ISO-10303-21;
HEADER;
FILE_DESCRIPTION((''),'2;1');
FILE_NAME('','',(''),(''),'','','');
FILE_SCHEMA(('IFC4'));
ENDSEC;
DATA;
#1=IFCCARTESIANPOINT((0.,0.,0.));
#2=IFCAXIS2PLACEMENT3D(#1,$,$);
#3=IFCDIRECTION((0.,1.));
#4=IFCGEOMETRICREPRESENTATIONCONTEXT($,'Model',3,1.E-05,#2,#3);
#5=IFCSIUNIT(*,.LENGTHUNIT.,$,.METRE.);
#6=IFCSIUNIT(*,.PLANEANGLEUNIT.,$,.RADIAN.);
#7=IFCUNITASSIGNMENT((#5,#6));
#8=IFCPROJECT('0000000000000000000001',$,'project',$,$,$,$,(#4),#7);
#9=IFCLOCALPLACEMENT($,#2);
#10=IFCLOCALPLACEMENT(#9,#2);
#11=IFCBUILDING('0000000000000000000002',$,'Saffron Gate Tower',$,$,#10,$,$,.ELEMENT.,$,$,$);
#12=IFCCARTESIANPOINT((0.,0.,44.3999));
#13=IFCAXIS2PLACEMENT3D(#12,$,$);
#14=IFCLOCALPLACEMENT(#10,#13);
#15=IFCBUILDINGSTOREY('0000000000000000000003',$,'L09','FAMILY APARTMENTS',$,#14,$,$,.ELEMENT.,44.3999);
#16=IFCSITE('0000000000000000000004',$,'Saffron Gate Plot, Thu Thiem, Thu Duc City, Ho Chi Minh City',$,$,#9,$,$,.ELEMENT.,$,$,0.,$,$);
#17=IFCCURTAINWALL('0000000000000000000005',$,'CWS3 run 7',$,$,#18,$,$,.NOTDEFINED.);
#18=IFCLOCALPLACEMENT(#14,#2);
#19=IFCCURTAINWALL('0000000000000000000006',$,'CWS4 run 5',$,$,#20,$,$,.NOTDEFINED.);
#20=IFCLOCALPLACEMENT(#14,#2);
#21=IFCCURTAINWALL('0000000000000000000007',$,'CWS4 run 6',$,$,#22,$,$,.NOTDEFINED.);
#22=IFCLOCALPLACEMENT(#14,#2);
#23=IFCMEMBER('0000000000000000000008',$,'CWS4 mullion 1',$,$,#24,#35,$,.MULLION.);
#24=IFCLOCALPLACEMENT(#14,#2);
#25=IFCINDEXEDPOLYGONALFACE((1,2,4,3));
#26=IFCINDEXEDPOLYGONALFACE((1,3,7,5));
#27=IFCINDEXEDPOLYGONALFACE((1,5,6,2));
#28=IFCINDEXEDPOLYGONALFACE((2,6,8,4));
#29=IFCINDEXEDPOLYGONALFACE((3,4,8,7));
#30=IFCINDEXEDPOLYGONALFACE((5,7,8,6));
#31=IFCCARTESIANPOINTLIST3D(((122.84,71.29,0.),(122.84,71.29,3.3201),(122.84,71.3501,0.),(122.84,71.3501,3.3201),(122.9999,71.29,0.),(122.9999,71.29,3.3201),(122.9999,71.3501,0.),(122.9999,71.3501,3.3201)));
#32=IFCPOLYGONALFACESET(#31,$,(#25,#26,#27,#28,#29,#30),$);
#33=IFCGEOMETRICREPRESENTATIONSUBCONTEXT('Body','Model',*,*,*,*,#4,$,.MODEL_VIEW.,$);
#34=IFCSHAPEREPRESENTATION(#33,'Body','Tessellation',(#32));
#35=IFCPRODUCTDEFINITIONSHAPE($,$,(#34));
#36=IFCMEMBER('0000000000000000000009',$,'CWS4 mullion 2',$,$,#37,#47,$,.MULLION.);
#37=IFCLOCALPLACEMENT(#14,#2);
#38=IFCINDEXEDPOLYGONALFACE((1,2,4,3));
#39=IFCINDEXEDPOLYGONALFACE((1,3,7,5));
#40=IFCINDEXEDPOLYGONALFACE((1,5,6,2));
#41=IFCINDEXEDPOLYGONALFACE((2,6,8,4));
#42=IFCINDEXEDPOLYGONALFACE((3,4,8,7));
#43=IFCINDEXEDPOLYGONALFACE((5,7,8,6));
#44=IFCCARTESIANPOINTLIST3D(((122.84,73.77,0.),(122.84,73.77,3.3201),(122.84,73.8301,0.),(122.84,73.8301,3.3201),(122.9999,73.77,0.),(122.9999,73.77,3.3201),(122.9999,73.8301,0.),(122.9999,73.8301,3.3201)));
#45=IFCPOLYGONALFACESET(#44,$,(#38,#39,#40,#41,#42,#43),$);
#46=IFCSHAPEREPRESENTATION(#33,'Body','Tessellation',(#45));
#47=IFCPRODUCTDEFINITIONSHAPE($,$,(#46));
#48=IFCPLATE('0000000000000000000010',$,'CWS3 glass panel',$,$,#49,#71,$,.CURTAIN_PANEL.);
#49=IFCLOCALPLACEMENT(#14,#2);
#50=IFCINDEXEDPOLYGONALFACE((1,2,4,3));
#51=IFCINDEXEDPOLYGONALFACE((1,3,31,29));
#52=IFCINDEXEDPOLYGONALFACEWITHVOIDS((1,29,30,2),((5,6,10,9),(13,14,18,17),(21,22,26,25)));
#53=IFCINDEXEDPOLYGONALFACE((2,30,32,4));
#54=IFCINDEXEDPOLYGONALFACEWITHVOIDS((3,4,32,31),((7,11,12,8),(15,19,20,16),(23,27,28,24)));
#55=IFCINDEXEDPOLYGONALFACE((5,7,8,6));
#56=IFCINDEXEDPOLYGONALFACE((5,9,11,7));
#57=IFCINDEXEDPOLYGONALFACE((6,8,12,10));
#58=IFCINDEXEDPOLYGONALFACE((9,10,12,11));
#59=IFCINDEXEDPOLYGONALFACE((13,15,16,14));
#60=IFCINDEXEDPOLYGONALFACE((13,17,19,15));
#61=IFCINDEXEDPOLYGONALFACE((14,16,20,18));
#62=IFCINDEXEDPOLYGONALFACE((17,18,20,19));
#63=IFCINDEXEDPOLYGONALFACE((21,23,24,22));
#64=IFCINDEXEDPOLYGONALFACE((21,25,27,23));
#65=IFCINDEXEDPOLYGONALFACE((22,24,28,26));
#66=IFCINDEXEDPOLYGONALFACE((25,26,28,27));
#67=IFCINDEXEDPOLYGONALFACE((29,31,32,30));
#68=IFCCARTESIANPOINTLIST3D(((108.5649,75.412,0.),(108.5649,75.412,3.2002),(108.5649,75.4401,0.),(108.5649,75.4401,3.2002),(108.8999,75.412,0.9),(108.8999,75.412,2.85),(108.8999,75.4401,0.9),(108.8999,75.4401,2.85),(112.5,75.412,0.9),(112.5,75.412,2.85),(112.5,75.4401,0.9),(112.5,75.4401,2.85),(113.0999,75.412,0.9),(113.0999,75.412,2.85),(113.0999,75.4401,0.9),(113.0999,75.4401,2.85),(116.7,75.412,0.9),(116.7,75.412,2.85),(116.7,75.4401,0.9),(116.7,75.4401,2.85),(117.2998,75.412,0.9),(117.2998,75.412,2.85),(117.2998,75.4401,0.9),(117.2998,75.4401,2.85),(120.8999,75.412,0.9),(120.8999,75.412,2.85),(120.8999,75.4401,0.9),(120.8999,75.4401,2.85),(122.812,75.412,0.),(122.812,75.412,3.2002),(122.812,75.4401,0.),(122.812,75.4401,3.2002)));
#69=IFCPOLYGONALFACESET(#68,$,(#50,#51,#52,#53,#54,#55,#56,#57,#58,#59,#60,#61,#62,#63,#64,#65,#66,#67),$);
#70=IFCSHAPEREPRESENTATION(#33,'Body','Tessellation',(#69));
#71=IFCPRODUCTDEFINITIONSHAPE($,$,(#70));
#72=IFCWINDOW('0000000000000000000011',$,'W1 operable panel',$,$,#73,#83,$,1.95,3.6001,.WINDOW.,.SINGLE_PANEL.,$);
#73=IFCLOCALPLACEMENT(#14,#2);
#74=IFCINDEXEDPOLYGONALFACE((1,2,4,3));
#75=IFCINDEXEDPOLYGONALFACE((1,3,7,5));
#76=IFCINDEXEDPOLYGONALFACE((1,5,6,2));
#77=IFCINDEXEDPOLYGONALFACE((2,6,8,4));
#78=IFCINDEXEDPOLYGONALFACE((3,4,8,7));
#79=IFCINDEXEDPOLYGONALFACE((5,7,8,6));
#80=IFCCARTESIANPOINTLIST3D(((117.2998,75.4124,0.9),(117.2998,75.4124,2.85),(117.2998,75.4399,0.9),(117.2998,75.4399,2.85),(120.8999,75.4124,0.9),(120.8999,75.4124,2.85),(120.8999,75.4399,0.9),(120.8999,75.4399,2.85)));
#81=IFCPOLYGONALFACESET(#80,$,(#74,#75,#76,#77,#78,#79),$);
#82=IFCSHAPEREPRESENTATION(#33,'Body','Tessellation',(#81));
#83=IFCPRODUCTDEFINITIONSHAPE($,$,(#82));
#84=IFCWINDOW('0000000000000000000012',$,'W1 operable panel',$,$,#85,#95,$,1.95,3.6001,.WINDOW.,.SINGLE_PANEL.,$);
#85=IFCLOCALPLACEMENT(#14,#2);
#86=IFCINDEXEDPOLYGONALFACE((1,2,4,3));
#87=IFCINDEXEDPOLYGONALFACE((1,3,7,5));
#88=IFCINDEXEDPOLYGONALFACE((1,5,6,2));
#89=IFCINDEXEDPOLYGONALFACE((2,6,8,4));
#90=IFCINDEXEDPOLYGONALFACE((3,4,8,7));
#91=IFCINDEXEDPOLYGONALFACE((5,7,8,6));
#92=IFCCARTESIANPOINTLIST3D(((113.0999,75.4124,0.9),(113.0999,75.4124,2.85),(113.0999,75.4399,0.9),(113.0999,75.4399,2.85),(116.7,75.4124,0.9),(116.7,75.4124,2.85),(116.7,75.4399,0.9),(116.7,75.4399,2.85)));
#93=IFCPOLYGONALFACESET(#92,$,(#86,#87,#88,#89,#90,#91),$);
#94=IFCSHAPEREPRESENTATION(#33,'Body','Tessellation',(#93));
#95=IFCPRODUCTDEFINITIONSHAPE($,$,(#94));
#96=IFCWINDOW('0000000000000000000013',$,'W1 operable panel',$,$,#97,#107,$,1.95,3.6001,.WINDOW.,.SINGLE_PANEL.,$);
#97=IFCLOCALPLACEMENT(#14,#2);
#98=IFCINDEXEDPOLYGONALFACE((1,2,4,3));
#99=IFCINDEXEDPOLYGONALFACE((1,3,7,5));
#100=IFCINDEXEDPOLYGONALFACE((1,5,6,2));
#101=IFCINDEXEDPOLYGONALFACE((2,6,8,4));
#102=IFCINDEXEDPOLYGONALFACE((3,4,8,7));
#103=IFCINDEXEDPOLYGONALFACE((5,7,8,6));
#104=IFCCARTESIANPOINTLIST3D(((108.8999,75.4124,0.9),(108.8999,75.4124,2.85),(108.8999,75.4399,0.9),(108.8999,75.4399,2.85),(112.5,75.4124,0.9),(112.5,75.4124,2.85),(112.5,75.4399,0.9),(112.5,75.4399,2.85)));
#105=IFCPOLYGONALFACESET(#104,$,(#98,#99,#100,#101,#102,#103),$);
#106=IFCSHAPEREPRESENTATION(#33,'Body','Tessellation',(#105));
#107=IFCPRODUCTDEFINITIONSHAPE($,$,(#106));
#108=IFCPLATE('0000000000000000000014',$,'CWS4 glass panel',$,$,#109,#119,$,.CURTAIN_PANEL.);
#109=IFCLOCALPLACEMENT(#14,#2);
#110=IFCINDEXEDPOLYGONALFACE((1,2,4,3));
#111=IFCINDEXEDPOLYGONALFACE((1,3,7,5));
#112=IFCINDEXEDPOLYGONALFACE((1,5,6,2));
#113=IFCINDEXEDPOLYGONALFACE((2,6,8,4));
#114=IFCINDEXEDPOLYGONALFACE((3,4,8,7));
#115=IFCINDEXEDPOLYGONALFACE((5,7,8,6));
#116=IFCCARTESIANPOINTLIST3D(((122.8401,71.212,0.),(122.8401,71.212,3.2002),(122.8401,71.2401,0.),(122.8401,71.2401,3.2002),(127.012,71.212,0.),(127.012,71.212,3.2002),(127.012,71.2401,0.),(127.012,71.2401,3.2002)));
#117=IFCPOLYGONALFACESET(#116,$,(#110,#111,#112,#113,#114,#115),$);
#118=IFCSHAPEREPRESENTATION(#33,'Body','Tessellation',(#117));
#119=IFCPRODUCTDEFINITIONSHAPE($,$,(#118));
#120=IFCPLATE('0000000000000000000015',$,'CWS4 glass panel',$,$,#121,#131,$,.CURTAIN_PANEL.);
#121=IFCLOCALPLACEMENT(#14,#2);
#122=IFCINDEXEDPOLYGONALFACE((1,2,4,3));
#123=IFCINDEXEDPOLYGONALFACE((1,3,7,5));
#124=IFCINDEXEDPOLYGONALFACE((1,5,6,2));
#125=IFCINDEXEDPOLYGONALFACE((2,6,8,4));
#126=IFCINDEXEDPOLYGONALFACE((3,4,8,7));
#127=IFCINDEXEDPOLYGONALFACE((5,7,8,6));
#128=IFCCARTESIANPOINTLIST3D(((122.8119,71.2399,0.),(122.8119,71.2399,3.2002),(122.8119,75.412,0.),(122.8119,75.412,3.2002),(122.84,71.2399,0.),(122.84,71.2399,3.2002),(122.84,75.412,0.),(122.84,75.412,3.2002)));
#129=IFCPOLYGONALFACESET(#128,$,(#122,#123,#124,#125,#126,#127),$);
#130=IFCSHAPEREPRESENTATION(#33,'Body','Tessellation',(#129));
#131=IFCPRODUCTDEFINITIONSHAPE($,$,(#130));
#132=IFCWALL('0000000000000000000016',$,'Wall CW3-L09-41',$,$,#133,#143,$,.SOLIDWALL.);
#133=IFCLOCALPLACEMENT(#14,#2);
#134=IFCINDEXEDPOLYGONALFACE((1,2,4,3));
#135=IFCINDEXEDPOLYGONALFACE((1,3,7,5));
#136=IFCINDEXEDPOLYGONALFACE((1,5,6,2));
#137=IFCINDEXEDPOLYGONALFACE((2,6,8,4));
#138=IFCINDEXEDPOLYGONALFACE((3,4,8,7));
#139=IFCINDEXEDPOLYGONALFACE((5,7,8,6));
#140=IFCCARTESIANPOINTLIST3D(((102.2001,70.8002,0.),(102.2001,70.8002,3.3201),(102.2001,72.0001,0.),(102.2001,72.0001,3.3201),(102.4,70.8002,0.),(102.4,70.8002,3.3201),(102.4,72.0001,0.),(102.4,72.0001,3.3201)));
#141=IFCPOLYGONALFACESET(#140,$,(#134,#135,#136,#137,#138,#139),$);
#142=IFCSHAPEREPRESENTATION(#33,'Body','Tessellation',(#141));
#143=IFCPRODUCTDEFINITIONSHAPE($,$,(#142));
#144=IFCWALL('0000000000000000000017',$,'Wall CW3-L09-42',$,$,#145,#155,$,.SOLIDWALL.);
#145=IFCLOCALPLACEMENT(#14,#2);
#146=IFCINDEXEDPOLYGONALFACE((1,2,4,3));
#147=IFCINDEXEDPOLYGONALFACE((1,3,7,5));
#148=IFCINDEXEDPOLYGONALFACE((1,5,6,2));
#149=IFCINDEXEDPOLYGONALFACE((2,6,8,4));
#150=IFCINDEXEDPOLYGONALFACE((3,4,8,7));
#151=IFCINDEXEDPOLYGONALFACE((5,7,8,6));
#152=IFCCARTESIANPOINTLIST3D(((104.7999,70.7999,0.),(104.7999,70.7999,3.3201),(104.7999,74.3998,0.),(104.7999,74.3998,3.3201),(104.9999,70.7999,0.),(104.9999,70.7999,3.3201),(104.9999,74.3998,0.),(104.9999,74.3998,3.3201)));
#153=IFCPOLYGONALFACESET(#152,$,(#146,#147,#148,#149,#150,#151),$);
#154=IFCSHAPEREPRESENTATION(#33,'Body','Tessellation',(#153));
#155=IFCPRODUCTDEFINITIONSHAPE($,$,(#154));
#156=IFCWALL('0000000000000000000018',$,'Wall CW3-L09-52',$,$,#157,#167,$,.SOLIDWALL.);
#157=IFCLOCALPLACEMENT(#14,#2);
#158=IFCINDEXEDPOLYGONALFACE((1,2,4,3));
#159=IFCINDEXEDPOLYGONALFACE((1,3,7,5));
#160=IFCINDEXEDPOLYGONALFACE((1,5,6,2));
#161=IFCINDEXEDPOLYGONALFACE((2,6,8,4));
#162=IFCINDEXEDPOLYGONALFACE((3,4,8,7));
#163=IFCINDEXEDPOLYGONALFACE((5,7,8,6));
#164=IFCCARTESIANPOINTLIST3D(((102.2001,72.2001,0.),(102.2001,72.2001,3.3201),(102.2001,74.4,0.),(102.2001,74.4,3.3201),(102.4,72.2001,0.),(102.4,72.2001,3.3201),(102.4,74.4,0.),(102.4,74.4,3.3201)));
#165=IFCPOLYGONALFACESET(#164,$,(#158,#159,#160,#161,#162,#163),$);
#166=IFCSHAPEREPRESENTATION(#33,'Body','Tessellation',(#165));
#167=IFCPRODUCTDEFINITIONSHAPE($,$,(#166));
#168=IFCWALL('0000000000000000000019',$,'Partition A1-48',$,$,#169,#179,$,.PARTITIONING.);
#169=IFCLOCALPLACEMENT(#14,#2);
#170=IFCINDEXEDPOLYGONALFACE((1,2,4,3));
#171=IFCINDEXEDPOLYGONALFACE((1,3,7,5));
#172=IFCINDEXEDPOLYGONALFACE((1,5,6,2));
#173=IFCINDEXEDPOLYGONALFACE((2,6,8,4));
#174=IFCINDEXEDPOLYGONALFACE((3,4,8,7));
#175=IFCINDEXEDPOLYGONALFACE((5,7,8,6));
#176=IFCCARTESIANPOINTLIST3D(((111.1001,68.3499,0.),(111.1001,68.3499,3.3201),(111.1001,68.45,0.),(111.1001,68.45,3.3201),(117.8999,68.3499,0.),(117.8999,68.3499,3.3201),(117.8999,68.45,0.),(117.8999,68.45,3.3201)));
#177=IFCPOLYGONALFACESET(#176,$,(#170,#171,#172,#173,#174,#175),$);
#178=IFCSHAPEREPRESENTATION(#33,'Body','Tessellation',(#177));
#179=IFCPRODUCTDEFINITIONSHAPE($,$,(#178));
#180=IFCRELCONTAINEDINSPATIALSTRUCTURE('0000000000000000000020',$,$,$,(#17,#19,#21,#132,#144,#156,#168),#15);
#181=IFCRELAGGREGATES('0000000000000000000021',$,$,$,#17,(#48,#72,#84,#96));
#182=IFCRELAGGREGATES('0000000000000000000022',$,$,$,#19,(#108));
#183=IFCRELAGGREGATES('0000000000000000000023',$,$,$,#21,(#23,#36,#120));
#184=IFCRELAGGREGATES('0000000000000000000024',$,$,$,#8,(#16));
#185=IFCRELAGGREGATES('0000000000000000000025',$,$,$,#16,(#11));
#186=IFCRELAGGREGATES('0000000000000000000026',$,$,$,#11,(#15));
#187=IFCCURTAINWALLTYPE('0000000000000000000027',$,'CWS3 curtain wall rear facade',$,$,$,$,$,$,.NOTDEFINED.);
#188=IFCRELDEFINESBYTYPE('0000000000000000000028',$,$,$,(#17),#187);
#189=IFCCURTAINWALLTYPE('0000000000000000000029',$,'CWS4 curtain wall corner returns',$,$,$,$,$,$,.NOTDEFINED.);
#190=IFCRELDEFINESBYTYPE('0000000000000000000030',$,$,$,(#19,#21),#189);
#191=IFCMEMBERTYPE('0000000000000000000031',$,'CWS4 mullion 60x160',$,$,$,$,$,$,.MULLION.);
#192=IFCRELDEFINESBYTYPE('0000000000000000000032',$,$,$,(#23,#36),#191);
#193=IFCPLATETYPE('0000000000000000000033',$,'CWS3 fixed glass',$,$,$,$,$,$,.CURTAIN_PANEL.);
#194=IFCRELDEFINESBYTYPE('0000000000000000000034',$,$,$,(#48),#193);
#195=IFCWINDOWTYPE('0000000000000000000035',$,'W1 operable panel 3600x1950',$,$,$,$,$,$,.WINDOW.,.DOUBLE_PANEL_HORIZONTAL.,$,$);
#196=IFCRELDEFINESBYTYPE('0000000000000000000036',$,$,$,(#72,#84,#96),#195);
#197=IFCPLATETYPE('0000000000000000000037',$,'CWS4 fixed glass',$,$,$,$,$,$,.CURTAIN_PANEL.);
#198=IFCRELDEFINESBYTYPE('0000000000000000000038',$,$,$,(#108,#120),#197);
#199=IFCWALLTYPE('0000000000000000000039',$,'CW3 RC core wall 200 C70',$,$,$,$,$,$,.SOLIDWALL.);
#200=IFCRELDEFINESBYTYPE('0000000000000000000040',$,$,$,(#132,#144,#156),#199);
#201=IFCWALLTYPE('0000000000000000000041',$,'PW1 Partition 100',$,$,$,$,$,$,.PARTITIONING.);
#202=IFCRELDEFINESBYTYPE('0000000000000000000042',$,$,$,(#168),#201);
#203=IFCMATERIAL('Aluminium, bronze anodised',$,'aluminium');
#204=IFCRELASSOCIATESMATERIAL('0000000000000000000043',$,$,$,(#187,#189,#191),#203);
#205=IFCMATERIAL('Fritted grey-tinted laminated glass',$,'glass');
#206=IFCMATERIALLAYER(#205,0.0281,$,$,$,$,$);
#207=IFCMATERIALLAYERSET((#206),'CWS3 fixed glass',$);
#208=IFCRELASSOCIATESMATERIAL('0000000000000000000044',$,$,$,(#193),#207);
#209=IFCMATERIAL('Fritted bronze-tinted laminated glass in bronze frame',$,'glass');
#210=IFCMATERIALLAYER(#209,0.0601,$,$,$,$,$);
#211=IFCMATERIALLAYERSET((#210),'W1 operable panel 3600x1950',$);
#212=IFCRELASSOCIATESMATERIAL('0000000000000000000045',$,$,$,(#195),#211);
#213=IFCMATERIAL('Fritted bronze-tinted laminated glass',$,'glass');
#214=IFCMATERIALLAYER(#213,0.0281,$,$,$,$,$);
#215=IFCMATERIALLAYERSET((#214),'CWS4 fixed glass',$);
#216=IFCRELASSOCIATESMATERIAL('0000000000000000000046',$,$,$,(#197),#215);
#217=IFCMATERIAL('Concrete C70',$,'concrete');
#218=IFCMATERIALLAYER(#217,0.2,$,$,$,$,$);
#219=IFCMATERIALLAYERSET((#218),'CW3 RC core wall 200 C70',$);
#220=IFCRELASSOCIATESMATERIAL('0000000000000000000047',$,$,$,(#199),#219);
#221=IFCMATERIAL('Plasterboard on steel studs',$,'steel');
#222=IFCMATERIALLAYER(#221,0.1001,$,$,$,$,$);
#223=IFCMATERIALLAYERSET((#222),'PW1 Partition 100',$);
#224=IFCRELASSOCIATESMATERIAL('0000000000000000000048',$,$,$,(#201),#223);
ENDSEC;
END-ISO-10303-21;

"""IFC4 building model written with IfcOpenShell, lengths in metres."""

from ifc_helpers import new_model, si_unit, direction, frame, frame_2d, origin, origin_2d, place, context, subcontext, project, spatial, rectangle, extrude, material, layer, layer_set, material_profile, profile_set, type_object, element, fill, aggregate, save


model = new_model("IFC4")

# Units and contexts
model_context = context("Model", 3, precision=1e-05, world=origin(), true_north=direction((0.0, 1.0)))
body_context = subcontext(model_context, "Body", "Model", "MODEL_VIEW")
ifc_project = project(units=[si_unit("LENGTHUNIT", "METRE"), si_unit("PLANEANGLEUNIT", "RADIAN")], contexts=[model_context])

# Site, building, storey
site_placement = place(None, origin())
site = spatial("IfcSite", under=ifc_project, at=site_placement, Name="Saffron Gate Plot, Thu Thiem, Thu Duc City, Ho Chi Minh City", CompositionType="ELEMENT", RefElevation=0.0)
building_placement = place(site_placement, origin())
building = spatial("IfcBuilding", under=site, at=building_placement, Name="Saffron Gate Tower", CompositionType="ELEMENT")
storey_placement = place(building_placement, frame((0.0, 0.0, 44.3999)))
storey = spatial("IfcBuildingStorey", under=building, at=storey_placement, Name="L09", Description="FAMILY APARTMENTS", CompositionType="ELEMENT", Elevation=44.3999)

# Shared definitions
ifc_material_1 = material(Name="Aluminium, bronze anodised", Category="aluminium")

# Curtain wall
curtain_wall_type_1 = type_object("IfcCurtainWallType", Name="CWS3 curtain wall rear facade", PredefinedType="NOTDEFINED", material=ifc_material_1)
curtain_wall_1_placement = place(storey_placement, origin())
curtain_wall_1 = element("IfcCurtainWall", 1, at=curtain_wall_1_placement, inside=storey, type_object=curtain_wall_type_1, Name="CWS3 run 7", PredefinedType="NOTDEFINED")

# Curtain walls
curtain_wall_type_2 = type_object("IfcCurtainWallType", Name="CWS4 curtain wall corner returns", PredefinedType="NOTDEFINED", material=ifc_material_1)
curtain_wall_2_placement = place(storey_placement, origin())
curtain_wall_2 = element("IfcCurtainWall", 2, at=curtain_wall_2_placement, inside=storey, type_object=curtain_wall_type_2, Name="CWS4 run 5", PredefinedType="NOTDEFINED")
curtain_wall_3_placement = place(storey_placement, origin())
curtain_wall_3 = element("IfcCurtainWall", 3, at=curtain_wall_3_placement, inside=storey, type_object=curtain_wall_type_2, Name="CWS4 run 6", PredefinedType="NOTDEFINED")

# Members
ifc_material_profile_1 = material_profile(ifc_material_1, rectangle(XDim=0.1599, YDim=0.0601, at=origin_2d()))
ifc_profile_set_1 = profile_set([ifc_material_profile_1], Name="Aluminium, bronze anodised")
member_type_1 = type_object("IfcMemberType", Name="CWS4 mullion 60x160", PredefinedType="MULLION", material=ifc_profile_set_1)
member_1_placement = place(storey_placement, frame((122.9199, 71.3201, 0.0), z_axis=(0.0, 0.0, 1.0), x_axis=(-1.0, 0.0, 0.0)))
member_1 = element("IfcMember", 4, at=member_1_placement, type_object=member_type_1, Name="CWS4 mullion 1", PredefinedType="MULLION", context=body_context, shape_type="SweptSolid", body=[
    extrude(rectangle(XDim=0.1599, YDim=0.0601, at=origin_2d()), origin(), (0.0, 0.0, 1.0), 3.3201),
])
member_2_placement = place(storey_placement, frame((122.9199, 73.8, 0.0), z_axis=(0.0, 0.0, 1.0), x_axis=(-1.0, 0.0, 0.0)))
member_2 = element("IfcMember", 5, at=member_2_placement, type_object=member_type_1, Name="CWS4 mullion 2", PredefinedType="MULLION", context=body_context, shape_type="SweptSolid", body=[
    extrude(rectangle(XDim=0.1599, YDim=0.0601, at=origin_2d()), origin(), (0.0, 0.0, 1.0), 3.3201),
])

# Plate, openings, windows
ifc_material_2 = material(Name="Fritted grey-tinted laminated glass", Category="glass")
ifc_layer_1 = layer(ifc_material_2, 0.0281)
ifc_layer_set_1 = layer_set([ifc_layer_1], Name="CWS3 fixed glass")
plate_type_1 = type_object("IfcPlateType", Name="CWS3 fixed glass", PredefinedType="CURTAIN_PANEL", material=ifc_layer_set_1)
plate_1_placement = place(storey_placement, frame((122.812, 75.426, 0.0), z_axis=(0.0, 0.0, 1.0), x_axis=(-1.0, 0.0, 0.0)))
plate_1 = element("IfcPlate", 6, at=plate_1_placement, type_object=plate_type_1, Name="CWS3 glass panel", PredefinedType="CURTAIN_PANEL", context=body_context, shape_type="SweptSolid", body=[
    extrude(rectangle(XDim=14.2471, YDim=0.0281, at=frame_2d((7.1235, 0.0))), origin(), (0.0, 0.0, 1.0), 3.2002),
])
opening_1_placement = place(plate_1_placement, frame((1.9121, 0.0, 0.8999)))
opening_1 = element("IfcOpeningElement", 7, at=opening_1_placement, cuts=plate_1, PredefinedType="OPENING", context=body_context, shape_type="SweptSolid", body=[
    extrude(rectangle(XDim=3.6001, YDim=1.95, at=frame_2d((1.8, 0.9751))), frame((0.0, 0.0239, 0.0), z_axis=(0.0, -1.0, 0.0), x_axis=(1.0, 0.0, 0.0)), (0.0, 0.0, 1.0), 0.0481),
])
opening_2_placement = place(plate_1_placement, frame((6.1121, 0.0, 0.8999)))
opening_2 = element("IfcOpeningElement", 8, at=opening_2_placement, cuts=plate_1, PredefinedType="OPENING", context=body_context, shape_type="SweptSolid", body=[
    extrude(rectangle(XDim=3.6001, YDim=1.95, at=frame_2d((1.8, 0.9751))), frame((0.0, 0.0239, 0.0), z_axis=(0.0, -1.0, 0.0), x_axis=(1.0, 0.0, 0.0)), (0.0, 0.0, 1.0), 0.0481),
])
opening_3_placement = place(plate_1_placement, frame((10.312, 0.0, 0.8999)))
opening_3 = element("IfcOpeningElement", 9, at=opening_3_placement, cuts=plate_1, PredefinedType="OPENING", context=body_context, shape_type="SweptSolid", body=[
    extrude(rectangle(XDim=3.6001, YDim=1.95, at=frame_2d((1.8, 0.9751))), frame((0.0, 0.0239, 0.0), z_axis=(0.0, -1.0, 0.0), x_axis=(1.0, 0.0, 0.0)), (0.0, 0.0, 1.0), 0.0481),
])
ifc_material_3 = material(Name="Fritted bronze-tinted laminated glass in bronze frame", Category="glass")
ifc_layer_2 = layer(ifc_material_3, 0.0601)
ifc_layer_set_2 = layer_set([ifc_layer_2], Name="W1 operable panel 3600x1950")
window_type = type_object("IfcWindowType", Name="W1 operable panel 3600x1950", PartitioningType="DOUBLE_PANEL_HORIZONTAL", PredefinedType="WINDOW", material=ifc_layer_set_2)
window_1_placement = place(opening_1_placement, origin())
window_1 = element("IfcWindow", 10, at=window_1_placement, type_object=window_type, Name="W1 operable panel", OverallHeight=1.95, OverallWidth=3.6001, PartitioningType="SINGLE_PANEL", PredefinedType="WINDOW", context=body_context, shape_type="SweptSolid", body=[
    extrude(rectangle(XDim=3.6001, YDim=1.95, at=frame_2d((1.8, 0.9751))), frame((0.0, 0.0137, 0.0), z_axis=(0.0, -1.0, 0.0), x_axis=(1.0, 0.0, 0.0)), (0.0, 0.0, 1.0), 0.0276),
])
fill(opening_1, window_1)
window_2_placement = place(opening_2_placement, origin())
window_2 = element("IfcWindow", 11, at=window_2_placement, type_object=window_type, Name="W1 operable panel", OverallHeight=1.95, OverallWidth=3.6001, PartitioningType="SINGLE_PANEL", PredefinedType="WINDOW", context=body_context, shape_type="SweptSolid", body=[
    extrude(rectangle(XDim=3.6001, YDim=1.95, at=frame_2d((1.8, 0.9751))), frame((0.0, 0.0137, 0.0), z_axis=(0.0, -1.0, 0.0), x_axis=(1.0, 0.0, 0.0)), (0.0, 0.0, 1.0), 0.0276),
])
fill(opening_2, window_2)
window_3_placement = place(opening_3_placement, origin())
window_3 = element("IfcWindow", 12, at=window_3_placement, type_object=window_type, Name="W1 operable panel", OverallHeight=1.95, OverallWidth=3.6001, PartitioningType="SINGLE_PANEL", PredefinedType="WINDOW", context=body_context, shape_type="SweptSolid", body=[
    extrude(rectangle(XDim=3.6001, YDim=1.95, at=frame_2d((1.8, 0.9751))), frame((0.0, 0.0137, 0.0), z_axis=(0.0, -1.0, 0.0), x_axis=(1.0, 0.0, 0.0)), (0.0, 0.0, 1.0), 0.0276),
])
fill(opening_3, window_3)
aggregate(curtain_wall_1, [plate_1, window_1, window_2, window_3])

# Plates
ifc_material_4 = material(Name="Fritted bronze-tinted laminated glass", Category="glass")
ifc_layer_3 = layer(ifc_material_4, 0.0281)
ifc_layer_set_3 = layer_set([ifc_layer_3], Name="CWS4 fixed glass")
plate_type_2 = type_object("IfcPlateType", Name="CWS4 fixed glass", PredefinedType="CURTAIN_PANEL", material=ifc_layer_set_3)
plate_2_placement = place(storey_placement, frame((127.012, 71.2261, 0.0), z_axis=(0.0, 0.0, 1.0), x_axis=(-1.0, 0.0, 0.0)))
plate_2 = element("IfcPlate", 13, at=plate_2_placement, type_object=plate_type_2, Name="CWS4 glass panel", PredefinedType="CURTAIN_PANEL", context=body_context, shape_type="SweptSolid", body=[
    extrude(rectangle(XDim=4.1719, YDim=0.0281, at=frame_2d((2.0859, 0.0))), origin(), (0.0, 0.0, 1.0), 3.2002),
])
aggregate(curtain_wall_2, [plate_2])
plate_3_placement = place(storey_placement, frame((122.8259, 71.24, 0.0), z_axis=(0.0, 0.0, 1.0), x_axis=(0.0, 1.0, 0.0)))
plate_3 = element("IfcPlate", 14, at=plate_3_placement, type_object=plate_type_2, Name="CWS4 glass panel", PredefinedType="CURTAIN_PANEL", context=body_context, shape_type="SweptSolid", body=[
    extrude(rectangle(XDim=4.1721, YDim=0.0281, at=frame_2d((2.0859, 0.0))), origin(), (0.0, 0.0, 1.0), 3.2002),
])
aggregate(curtain_wall_3, [member_1, member_2, plate_3])

# Walls
ifc_material_5 = material(Name="Concrete C70", Category="concrete")
ifc_layer_4 = layer(ifc_material_5, 0.2)
ifc_layer_set_4 = layer_set([ifc_layer_4], Name="CW3 RC core wall 200 C70")
wall_type_1 = type_object("IfcWallType", Name="CW3 RC core wall 200 C70", PredefinedType="SOLIDWALL", material=ifc_layer_set_4)
wall_1_placement = place(storey_placement, frame((102.3, 70.8, 0.0), z_axis=(0.0, 0.0, 1.0), x_axis=(0.0, 1.0, 0.0)))
element("IfcWall", 15, at=wall_1_placement, inside=storey, type_object=wall_type_1, Name="Wall CW3-L09-41", PredefinedType="SOLIDWALL", context=body_context, shape_type="SweptSolid", body=[
    extrude(rectangle(XDim=1.2, YDim=0.2, at=frame_2d((0.6001, 0.0))), origin(), (0.0, 0.0, 1.0), 3.3201),
])
wall_2_placement = place(storey_placement, frame((104.8999, 70.8, 0.0), z_axis=(0.0, 0.0, 1.0), x_axis=(0.0, 1.0, 0.0)))
element("IfcWall", 16, at=wall_2_placement, inside=storey, type_object=wall_type_1, Name="Wall CW3-L09-42", PredefinedType="SOLIDWALL", context=body_context, shape_type="SweptSolid", body=[
    extrude(rectangle(XDim=3.5999, YDim=0.2, at=frame_2d((1.7998, 0.0))), origin(), (0.0, 0.0, 1.0), 3.3201),
])
wall_3_placement = place(storey_placement, frame((102.3, 72.2, 0.0), z_axis=(0.0, 0.0, 1.0), x_axis=(0.0, 1.0, 0.0)))
element("IfcWall", 17, at=wall_3_placement, inside=storey, type_object=wall_type_1, Name="Wall CW3-L09-52", PredefinedType="SOLIDWALL", context=body_context, shape_type="SweptSolid", body=[
    extrude(rectangle(XDim=2.2, YDim=0.2, at=frame_2d((1.1001, 0.0))), origin(), (0.0, 0.0, 1.0), 3.3201),
])
ifc_material_6 = material(Name="Plasterboard on steel studs", Category="steel")
ifc_layer_5 = layer(ifc_material_6, 0.1001)
ifc_layer_set_5 = layer_set([ifc_layer_5], Name="PW1 Partition 100")
wall_type_2 = type_object("IfcWallType", Name="PW1 Partition 100", PredefinedType="PARTITIONING", material=ifc_layer_set_5)
wall_4_placement = place(storey_placement, frame((111.1001, 68.3999, 0.0), z_axis=(0.0, 0.0, 1.0), x_axis=(1.0, 0.0, 0.0)))
element("IfcWall", 18, at=wall_4_placement, inside=storey, type_object=wall_type_2, Name="Partition A1-48", PredefinedType="PARTITIONING", context=body_context, shape_type="SweptSolid", body=[
    extrude(rectangle(XDim=6.7998, YDim=0.1001, at=frame_2d((3.3999, 0.0))), origin(), (0.0, 0.0, 1.0), 3.3201),
])

save(model, "model.ifc")
